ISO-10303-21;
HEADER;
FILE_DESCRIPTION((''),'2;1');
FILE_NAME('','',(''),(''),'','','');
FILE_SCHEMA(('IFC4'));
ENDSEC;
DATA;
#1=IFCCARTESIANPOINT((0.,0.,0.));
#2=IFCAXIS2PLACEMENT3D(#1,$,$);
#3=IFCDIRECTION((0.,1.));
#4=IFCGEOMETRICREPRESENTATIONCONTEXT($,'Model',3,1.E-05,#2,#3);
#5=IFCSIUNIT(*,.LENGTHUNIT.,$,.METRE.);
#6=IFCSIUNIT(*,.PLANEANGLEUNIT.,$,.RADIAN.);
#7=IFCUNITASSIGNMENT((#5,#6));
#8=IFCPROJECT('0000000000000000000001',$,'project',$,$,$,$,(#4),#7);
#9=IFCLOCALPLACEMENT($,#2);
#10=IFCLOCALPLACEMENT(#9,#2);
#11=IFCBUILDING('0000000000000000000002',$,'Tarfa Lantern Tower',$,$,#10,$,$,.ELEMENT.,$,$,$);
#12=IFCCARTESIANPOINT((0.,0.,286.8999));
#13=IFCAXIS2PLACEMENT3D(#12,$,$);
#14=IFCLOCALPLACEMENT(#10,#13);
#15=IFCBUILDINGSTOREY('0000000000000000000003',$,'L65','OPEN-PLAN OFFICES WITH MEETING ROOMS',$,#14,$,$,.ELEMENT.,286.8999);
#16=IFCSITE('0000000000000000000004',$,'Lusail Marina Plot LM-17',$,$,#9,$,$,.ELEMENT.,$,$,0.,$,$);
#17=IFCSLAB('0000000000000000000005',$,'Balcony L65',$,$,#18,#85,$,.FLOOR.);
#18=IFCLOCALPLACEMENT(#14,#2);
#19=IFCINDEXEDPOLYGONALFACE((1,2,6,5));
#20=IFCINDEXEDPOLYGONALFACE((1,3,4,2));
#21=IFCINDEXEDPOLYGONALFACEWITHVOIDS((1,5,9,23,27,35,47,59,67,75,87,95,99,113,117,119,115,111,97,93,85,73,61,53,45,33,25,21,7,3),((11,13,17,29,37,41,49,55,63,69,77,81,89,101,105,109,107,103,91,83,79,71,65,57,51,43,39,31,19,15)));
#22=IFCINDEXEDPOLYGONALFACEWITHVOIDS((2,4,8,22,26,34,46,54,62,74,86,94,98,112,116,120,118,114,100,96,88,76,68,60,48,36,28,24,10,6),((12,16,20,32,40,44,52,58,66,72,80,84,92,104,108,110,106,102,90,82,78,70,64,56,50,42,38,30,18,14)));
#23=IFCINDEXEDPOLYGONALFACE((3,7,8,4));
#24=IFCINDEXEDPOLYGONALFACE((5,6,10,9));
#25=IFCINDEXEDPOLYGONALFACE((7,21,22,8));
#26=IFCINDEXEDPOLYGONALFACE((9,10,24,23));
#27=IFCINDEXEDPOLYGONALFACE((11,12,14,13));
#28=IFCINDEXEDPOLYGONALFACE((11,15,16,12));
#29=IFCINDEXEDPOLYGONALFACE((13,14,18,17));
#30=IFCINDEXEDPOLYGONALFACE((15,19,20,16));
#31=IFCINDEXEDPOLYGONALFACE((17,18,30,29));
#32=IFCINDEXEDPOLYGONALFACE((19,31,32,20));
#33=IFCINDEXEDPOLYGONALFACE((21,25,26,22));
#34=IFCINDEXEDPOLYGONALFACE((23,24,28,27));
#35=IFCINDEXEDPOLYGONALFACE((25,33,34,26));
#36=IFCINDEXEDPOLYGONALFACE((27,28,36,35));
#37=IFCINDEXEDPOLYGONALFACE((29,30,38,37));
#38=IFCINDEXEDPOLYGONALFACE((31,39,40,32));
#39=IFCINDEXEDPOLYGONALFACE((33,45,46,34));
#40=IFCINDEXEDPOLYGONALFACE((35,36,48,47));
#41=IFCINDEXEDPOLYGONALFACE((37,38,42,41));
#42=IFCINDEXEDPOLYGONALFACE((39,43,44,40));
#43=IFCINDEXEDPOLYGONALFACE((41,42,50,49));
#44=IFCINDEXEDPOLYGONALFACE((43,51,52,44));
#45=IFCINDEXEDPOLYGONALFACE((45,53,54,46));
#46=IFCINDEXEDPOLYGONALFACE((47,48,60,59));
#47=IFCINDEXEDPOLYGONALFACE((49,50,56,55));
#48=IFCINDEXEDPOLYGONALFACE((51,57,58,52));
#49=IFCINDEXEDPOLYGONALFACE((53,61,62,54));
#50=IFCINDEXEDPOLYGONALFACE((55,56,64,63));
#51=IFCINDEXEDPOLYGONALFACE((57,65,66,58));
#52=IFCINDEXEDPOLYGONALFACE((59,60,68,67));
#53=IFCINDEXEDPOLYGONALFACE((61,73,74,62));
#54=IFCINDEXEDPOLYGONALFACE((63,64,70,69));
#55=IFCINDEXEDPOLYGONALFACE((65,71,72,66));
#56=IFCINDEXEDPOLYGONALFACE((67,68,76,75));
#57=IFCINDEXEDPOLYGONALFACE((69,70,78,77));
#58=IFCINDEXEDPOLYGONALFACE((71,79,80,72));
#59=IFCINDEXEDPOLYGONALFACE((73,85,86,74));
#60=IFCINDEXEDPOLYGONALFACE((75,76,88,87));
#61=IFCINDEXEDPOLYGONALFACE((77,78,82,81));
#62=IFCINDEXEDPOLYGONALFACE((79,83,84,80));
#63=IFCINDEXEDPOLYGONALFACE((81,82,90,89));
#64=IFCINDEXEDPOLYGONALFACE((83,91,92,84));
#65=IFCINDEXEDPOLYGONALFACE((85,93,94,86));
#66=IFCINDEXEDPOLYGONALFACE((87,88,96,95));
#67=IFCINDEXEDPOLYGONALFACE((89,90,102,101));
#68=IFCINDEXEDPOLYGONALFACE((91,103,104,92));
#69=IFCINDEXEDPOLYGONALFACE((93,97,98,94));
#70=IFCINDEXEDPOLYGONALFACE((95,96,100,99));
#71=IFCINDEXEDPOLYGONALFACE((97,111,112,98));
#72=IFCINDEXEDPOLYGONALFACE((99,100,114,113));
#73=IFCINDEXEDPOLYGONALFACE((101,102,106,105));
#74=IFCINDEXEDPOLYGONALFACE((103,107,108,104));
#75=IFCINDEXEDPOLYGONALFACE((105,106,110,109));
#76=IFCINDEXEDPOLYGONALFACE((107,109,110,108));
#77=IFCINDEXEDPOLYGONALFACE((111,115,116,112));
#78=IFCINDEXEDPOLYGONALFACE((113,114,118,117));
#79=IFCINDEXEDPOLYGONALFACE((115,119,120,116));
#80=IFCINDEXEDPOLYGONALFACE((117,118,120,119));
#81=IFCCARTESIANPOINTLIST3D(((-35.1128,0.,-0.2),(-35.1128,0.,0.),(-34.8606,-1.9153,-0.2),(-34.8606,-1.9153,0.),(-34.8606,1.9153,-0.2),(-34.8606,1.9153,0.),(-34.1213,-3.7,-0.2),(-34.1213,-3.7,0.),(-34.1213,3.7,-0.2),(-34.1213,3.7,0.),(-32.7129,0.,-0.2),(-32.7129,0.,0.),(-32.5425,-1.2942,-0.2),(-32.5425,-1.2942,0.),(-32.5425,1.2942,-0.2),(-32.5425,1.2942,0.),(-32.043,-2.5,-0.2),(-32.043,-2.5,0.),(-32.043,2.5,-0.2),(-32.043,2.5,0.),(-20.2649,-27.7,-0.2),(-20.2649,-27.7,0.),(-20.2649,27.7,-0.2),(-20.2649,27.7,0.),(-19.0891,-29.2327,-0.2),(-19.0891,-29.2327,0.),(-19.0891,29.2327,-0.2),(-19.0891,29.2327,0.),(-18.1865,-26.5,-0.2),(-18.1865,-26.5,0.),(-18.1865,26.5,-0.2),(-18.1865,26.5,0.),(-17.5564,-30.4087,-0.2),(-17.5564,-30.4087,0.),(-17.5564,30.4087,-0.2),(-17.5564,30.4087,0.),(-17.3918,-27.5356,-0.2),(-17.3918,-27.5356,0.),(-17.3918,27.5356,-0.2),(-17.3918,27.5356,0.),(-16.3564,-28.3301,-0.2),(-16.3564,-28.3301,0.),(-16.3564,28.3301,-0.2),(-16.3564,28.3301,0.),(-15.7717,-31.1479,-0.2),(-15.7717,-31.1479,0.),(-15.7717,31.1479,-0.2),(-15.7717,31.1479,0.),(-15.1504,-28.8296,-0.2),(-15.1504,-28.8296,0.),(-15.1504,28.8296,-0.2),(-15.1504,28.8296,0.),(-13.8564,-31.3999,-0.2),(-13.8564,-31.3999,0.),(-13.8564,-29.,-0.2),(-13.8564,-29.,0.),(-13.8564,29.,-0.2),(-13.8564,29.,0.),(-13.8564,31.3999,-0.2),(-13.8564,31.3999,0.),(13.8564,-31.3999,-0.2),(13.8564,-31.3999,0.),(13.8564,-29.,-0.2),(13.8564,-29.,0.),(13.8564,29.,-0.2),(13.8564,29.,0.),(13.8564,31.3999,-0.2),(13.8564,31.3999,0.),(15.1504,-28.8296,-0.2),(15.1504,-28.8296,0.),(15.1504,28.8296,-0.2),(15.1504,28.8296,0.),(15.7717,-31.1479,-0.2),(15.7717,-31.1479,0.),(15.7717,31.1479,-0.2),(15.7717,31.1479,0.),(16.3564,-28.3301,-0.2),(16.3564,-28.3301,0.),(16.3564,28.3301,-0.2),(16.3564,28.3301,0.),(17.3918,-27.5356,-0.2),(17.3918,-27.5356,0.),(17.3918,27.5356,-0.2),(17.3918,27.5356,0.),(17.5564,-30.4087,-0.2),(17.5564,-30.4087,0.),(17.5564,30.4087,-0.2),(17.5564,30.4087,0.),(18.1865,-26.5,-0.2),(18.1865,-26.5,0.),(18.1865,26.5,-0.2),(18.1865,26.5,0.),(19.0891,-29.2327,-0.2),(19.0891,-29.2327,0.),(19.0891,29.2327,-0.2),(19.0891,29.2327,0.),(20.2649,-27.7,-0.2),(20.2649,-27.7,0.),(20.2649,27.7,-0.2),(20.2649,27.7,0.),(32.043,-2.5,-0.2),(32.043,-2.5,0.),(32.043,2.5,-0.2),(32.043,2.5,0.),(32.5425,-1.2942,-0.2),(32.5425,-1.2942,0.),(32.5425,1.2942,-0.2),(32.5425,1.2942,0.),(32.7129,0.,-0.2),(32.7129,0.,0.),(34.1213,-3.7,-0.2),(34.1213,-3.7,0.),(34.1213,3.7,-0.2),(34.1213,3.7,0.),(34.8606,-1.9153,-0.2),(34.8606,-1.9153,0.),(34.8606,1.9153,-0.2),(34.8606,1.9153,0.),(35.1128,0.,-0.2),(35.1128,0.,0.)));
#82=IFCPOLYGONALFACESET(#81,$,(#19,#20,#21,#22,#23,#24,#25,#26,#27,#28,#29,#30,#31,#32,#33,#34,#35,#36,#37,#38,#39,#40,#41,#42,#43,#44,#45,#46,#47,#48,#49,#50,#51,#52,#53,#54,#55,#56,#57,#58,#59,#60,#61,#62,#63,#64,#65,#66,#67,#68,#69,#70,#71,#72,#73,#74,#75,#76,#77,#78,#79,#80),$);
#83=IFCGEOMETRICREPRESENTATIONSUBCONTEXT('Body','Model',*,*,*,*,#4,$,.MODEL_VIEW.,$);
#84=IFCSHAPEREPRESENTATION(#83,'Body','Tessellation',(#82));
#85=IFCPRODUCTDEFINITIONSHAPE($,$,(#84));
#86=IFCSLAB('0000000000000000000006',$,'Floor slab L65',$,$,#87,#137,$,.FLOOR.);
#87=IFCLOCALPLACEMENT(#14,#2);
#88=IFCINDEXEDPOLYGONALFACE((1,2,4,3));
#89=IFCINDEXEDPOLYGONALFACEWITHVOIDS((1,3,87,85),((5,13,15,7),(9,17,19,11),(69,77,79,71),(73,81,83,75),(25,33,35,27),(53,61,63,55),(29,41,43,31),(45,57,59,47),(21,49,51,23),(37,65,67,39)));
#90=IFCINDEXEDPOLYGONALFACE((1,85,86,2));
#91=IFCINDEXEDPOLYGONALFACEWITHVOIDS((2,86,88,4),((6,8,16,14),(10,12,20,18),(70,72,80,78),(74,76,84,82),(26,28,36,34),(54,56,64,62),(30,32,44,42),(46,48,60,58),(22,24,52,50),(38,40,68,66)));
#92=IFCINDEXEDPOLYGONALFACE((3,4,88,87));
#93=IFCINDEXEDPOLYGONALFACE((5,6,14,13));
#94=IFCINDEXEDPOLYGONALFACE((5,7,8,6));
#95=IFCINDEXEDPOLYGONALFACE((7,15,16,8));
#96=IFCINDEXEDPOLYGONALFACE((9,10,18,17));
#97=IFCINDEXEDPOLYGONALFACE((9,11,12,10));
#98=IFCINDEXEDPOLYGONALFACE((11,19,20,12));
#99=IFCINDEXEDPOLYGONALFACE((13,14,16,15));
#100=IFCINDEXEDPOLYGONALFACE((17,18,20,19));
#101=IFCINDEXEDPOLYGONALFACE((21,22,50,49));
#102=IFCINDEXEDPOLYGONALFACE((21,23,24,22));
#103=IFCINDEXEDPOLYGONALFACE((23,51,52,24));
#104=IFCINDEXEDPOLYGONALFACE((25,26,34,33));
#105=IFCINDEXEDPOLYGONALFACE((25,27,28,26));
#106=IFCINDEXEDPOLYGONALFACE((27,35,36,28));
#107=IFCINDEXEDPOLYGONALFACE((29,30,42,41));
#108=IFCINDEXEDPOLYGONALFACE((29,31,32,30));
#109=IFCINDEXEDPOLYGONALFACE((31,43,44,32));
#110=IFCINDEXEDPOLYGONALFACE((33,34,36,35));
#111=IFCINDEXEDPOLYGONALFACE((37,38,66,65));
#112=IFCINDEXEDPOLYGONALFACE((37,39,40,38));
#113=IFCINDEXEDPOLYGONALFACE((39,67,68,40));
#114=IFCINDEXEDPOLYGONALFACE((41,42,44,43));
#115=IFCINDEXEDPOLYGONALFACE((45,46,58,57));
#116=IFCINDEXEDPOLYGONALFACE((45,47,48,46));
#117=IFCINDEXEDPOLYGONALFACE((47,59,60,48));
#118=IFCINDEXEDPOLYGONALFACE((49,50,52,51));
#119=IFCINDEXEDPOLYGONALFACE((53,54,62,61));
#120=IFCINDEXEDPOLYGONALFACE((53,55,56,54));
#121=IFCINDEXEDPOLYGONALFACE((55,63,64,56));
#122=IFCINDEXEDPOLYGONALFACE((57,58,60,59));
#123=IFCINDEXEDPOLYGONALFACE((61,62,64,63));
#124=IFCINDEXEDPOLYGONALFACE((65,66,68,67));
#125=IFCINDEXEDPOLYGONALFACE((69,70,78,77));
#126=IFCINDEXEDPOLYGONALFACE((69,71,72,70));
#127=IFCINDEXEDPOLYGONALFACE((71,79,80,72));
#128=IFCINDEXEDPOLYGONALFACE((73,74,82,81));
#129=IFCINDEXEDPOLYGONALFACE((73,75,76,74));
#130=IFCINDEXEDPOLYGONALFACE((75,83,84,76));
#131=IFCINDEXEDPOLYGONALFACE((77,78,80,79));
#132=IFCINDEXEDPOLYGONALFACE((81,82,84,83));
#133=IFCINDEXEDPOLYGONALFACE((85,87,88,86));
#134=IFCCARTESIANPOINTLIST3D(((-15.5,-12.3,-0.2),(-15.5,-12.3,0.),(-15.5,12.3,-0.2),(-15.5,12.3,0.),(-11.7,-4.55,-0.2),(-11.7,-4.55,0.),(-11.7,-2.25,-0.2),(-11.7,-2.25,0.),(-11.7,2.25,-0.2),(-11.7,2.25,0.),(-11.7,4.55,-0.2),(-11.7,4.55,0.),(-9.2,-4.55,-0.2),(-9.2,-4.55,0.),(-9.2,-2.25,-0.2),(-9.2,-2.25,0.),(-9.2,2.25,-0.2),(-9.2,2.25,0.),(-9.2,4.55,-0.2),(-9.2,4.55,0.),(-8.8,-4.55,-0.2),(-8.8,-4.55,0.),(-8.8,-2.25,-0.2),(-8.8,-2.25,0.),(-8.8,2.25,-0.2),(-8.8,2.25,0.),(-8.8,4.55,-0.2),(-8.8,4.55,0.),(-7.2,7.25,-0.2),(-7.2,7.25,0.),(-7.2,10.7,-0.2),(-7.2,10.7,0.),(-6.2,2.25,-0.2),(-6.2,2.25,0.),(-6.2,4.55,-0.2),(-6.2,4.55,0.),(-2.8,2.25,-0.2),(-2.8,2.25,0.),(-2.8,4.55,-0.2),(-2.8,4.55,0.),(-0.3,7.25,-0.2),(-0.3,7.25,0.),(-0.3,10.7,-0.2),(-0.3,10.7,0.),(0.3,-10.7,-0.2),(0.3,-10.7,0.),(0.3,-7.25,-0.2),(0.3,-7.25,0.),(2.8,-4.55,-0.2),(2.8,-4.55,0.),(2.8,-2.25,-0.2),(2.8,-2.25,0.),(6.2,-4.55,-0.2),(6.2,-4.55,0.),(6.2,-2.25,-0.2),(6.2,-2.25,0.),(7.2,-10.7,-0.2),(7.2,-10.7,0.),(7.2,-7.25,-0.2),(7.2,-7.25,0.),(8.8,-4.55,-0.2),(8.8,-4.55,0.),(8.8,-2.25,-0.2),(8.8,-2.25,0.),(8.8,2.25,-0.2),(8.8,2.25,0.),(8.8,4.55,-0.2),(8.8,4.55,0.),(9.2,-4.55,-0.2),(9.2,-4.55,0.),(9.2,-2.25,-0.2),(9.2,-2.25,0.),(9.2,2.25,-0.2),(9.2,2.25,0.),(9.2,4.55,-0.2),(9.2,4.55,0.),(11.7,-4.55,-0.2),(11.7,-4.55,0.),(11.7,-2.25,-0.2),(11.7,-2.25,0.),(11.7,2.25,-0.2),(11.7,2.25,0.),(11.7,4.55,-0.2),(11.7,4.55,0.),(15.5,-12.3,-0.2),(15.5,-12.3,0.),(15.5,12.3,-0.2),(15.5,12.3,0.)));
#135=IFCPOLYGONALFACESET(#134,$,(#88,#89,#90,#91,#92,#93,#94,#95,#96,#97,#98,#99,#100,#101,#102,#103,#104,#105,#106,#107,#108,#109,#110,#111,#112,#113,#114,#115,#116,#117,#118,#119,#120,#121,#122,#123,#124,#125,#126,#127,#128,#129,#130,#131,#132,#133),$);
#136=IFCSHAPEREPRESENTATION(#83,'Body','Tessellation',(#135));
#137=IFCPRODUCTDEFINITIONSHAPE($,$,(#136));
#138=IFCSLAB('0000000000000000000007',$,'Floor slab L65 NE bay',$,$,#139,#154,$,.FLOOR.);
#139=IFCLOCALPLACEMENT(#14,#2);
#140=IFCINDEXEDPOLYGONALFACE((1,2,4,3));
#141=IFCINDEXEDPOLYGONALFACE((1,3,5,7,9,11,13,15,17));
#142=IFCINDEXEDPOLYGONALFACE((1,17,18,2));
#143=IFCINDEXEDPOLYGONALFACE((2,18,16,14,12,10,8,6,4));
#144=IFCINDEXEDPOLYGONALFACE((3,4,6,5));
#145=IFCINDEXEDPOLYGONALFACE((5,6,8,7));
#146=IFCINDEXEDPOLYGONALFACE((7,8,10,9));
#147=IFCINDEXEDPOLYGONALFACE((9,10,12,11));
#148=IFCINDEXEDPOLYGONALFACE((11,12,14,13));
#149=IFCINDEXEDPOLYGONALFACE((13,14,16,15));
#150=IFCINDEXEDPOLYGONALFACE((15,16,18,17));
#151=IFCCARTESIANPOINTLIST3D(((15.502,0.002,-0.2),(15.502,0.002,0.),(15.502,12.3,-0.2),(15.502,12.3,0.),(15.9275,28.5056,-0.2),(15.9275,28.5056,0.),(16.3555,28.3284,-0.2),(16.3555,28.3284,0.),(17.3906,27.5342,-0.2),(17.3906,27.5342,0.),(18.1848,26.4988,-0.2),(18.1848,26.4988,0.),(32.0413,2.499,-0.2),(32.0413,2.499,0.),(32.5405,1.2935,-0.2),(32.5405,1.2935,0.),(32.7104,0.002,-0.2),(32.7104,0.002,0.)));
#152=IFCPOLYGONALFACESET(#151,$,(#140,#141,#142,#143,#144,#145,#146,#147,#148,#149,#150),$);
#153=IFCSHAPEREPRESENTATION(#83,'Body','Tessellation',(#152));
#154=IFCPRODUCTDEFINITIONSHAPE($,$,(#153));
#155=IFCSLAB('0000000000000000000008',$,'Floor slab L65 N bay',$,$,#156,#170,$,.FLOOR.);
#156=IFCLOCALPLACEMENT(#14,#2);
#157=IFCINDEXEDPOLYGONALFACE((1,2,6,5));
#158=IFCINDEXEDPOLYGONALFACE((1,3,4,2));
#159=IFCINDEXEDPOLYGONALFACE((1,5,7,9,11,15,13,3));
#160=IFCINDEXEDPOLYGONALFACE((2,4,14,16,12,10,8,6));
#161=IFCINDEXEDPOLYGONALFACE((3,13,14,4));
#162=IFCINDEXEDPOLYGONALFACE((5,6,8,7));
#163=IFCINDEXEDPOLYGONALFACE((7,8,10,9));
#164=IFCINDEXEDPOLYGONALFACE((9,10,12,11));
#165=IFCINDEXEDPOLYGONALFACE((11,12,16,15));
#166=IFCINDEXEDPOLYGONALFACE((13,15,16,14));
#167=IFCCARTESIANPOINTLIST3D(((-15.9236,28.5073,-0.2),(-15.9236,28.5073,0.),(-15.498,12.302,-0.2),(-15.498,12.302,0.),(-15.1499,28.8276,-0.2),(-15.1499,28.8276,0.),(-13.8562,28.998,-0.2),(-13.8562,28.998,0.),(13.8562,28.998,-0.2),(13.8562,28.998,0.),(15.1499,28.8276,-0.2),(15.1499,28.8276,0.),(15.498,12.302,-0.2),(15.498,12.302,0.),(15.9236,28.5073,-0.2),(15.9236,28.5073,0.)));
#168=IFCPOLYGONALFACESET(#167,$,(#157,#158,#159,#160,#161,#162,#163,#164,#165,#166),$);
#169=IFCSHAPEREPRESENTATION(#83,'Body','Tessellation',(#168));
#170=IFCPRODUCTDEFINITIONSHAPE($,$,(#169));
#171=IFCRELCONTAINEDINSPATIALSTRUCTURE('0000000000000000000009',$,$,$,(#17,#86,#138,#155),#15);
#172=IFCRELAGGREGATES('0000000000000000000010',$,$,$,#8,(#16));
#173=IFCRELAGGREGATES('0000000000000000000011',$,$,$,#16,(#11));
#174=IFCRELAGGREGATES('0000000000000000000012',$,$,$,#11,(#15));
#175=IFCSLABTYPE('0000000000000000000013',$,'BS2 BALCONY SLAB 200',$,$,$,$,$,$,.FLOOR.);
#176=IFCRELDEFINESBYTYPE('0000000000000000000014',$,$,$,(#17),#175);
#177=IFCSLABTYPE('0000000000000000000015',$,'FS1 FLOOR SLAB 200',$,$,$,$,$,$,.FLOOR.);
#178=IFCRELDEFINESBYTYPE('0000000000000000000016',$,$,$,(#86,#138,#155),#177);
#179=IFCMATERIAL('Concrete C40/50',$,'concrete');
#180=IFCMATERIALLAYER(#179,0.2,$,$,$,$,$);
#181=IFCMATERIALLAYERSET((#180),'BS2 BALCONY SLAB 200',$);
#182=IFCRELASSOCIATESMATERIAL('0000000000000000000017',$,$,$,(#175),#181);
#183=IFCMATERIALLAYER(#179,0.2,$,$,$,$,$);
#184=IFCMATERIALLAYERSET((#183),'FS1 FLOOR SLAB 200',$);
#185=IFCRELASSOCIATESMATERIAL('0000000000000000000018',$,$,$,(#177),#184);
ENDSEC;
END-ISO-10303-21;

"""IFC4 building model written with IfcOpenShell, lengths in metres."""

from ifc_helpers import new_model, si_unit, direction, frame, origin, place, context, subcontext, project, spatial, polyline, outline, extrude, material, layer, layer_set, type_object, element, save


model = new_model("IFC4")

# Units and contexts
model_context = context("Model", 3, precision=1e-05, world=origin(), true_north=direction((0.0, 1.0)))
body_context = subcontext(model_context, "Body", "Model", "MODEL_VIEW")
ifc_project = project(units=[si_unit("LENGTHUNIT", "METRE"), si_unit("PLANEANGLEUNIT", "RADIAN")], contexts=[model_context])

# Site, building, storey
site_placement = place(None, origin())
site = spatial("IfcSite", under=ifc_project, at=site_placement, Name="Lusail Marina Plot LM-17", CompositionType="ELEMENT", RefElevation=0.0)
building_placement = place(site_placement, origin())
building = spatial("IfcBuilding", under=site, at=building_placement, Name="Tarfa Lantern Tower", CompositionType="ELEMENT")
storey_placement = place(building_placement, frame((0.0, 0.0, 286.8999)))
storey = spatial("IfcBuildingStorey", under=building, at=storey_placement, Name="L65", Description="OPEN-PLAN OFFICES WITH MEETING ROOMS", CompositionType="ELEMENT", Elevation=286.8999)

# Slabs
ifc_material_1 = material(Name="Concrete C40/50", Category="concrete")
ifc_layer_1 = layer(ifc_material_1, 0.2)
ifc_layer_set_1 = layer_set([ifc_layer_1], Name="BS2 BALCONY SLAB 200")
slab_type_1 = type_object("IfcSlabType", Name="BS2 BALCONY SLAB 200", PredefinedType="FLOOR", material=ifc_layer_set_1)
slab_1_placement = place(storey_placement, frame((0.0, 0.0, -0.2)))
element("IfcSlab", 1, at=slab_1_placement, inside=storey, type_object=slab_type_1, Name="Balcony L65", PredefinedType="FLOOR", context=body_context, shape_type="SweptSolid", body=[
    extrude(outline(polyline([(34.1213, 3.7), (20.2649, 27.7), (19.0891, 29.2327), (17.5564, 30.4087), (15.7717, 31.1479), (13.8564, 31.3999), (-13.8564, 31.3999), (-15.7717, 31.1479), (-17.5564, 30.4087), (-19.0891, 29.2327), (-20.2649, 27.7), (-34.1213, 3.7), (-34.8606, 1.9153), (-35.1128, 0.0), (-34.8606, -1.9153), (-34.1213, -3.7), (-20.2649, -27.7), (-19.0891, -29.2327), (-17.5564, -30.4087), (-15.7717, -31.1479), (-13.8564, -31.3999), (13.8564, -31.3999), (15.7717, -31.1479), (17.5564, -30.4087), (19.0891, -29.2327), (20.2649, -27.7), (34.1213, -3.7), (34.8606, -1.9153), (35.1128, 0.0), (34.8606, 1.9153), (34.1213, 3.7)]), holes=[polyline([(32.043, 2.5), (18.1865, 26.5), (17.3918, 27.5356), (16.3564, 28.3301), (15.1504, 28.8296), (13.8564, 29.0), (-13.8564, 29.0), (-15.1504, 28.8296), (-16.3564, 28.3301), (-17.3918, 27.5356), (-18.1865, 26.5), (-32.043, 2.5), (-32.5425, 1.2942), (-32.7129, 0.0), (-32.5425, -1.2942), (-32.043, -2.5), (-18.1865, -26.5), (-17.3918, -27.5356), (-16.3564, -28.3301), (-15.1504, -28.8296), (-13.8564, -29.0), (13.8564, -29.0), (15.1504, -28.8296), (16.3564, -28.3301), (17.3918, -27.5356), (18.1865, -26.5), (32.043, -2.5), (32.5425, -1.2942), (32.7129, 0.0), (32.5425, 1.2942), (32.043, 2.5)])]), origin(), (0.0, 0.0, 1.0), 0.2),
])
ifc_layer_2 = layer(ifc_material_1, 0.2)
ifc_layer_set_2 = layer_set([ifc_layer_2], Name="FS1 FLOOR SLAB 200")
slab_type_2 = type_object("IfcSlabType", Name="FS1 FLOOR SLAB 200", PredefinedType="FLOOR", material=ifc_layer_set_2)
slab_2_placement = place(storey_placement, frame((0.0, 0.0, -0.2)))
element("IfcSlab", 2, at=slab_2_placement, inside=storey, type_object=slab_type_2, Name="Floor slab L65", PredefinedType="FLOOR", context=body_context, shape_type="SweptSolid", body=[
    extrude(outline(polyline([(-15.5, -12.3), (15.5, -12.3), (15.5, 12.3), (-15.5, 12.3), (-15.5, -12.3)]), holes=[polyline([(-11.7, 2.25), (-9.2, 2.25), (-9.2, 4.55), (-11.7, 4.55), (-11.7, 2.25)]), polyline([(-8.8, 2.25), (-6.2, 2.25), (-6.2, 4.55), (-8.8, 4.55), (-8.8, 2.25)]), polyline([(-2.8, 2.25), (8.8, 2.25), (8.8, 4.55), (-2.8, 4.55), (-2.8, 2.25)]), polyline([(9.2, 2.25), (11.7, 2.25), (11.7, 4.55), (9.2, 4.55), (9.2, 2.25)]), polyline([(11.7, -2.25), (9.2, -2.25), (9.2, -4.55), (11.7, -4.55), (11.7, -2.25)]), polyline([(8.8, -2.25), (6.2, -2.25), (6.2, -4.55), (8.8, -4.55), (8.8, -2.25)]), polyline([(2.8, -2.25), (-8.8, -2.25), (-8.8, -4.55), (2.8, -4.55), (2.8, -2.25)]), polyline([(-9.2, -2.25), (-11.7, -2.25), (-11.7, -4.55), (-9.2, -4.55), (-9.2, -2.25)]), polyline([(-7.2, 7.25), (-0.3, 7.25), (-0.3, 10.7), (-7.2, 10.7), (-7.2, 7.25)]), polyline([(7.2, -7.25), (0.3, -7.25), (0.3, -10.7), (7.2, -10.7), (7.2, -7.25)])]), origin(), (0.0, 0.0, 1.0), 0.2),
])
slab_3_placement = place(storey_placement, frame((0.0, 0.0, -0.2)))
element("IfcSlab", 3, at=slab_3_placement, inside=storey, type_object=slab_type_2, Name="Floor slab L65 NE bay", PredefinedType="FLOOR", context=body_context, shape_type="SweptSolid", body=[
    extrude(outline(polyline([(32.0413, 2.499), (18.1848, 26.4988), (17.3906, 27.5342), (16.3555, 28.3284), (15.9275, 28.5056), (15.502, 12.3), (15.502, 0.002), (32.7104, 0.002), (32.5405, 1.2935), (32.0413, 2.499)])), origin(), (0.0, 0.0, 1.0), 0.2),
])
slab_4_placement = place(storey_placement, frame((0.0, 0.0, -0.2)))
element("IfcSlab", 4, at=slab_4_placement, inside=storey, type_object=slab_type_2, Name="Floor slab L65 N bay", PredefinedType="FLOOR", context=body_context, shape_type="SweptSolid", body=[
    extrude(outline(polyline([(-15.498, 12.302), (15.498, 12.302), (15.9236, 28.5073), (15.1499, 28.8276), (13.8562, 28.998), (-13.8562, 28.998), (-15.1499, 28.8276), (-15.9236, 28.5073), (-15.498, 12.302)])), origin(), (0.0, 0.0, 1.0), 0.2),
])

save(model, "model.ifc")
